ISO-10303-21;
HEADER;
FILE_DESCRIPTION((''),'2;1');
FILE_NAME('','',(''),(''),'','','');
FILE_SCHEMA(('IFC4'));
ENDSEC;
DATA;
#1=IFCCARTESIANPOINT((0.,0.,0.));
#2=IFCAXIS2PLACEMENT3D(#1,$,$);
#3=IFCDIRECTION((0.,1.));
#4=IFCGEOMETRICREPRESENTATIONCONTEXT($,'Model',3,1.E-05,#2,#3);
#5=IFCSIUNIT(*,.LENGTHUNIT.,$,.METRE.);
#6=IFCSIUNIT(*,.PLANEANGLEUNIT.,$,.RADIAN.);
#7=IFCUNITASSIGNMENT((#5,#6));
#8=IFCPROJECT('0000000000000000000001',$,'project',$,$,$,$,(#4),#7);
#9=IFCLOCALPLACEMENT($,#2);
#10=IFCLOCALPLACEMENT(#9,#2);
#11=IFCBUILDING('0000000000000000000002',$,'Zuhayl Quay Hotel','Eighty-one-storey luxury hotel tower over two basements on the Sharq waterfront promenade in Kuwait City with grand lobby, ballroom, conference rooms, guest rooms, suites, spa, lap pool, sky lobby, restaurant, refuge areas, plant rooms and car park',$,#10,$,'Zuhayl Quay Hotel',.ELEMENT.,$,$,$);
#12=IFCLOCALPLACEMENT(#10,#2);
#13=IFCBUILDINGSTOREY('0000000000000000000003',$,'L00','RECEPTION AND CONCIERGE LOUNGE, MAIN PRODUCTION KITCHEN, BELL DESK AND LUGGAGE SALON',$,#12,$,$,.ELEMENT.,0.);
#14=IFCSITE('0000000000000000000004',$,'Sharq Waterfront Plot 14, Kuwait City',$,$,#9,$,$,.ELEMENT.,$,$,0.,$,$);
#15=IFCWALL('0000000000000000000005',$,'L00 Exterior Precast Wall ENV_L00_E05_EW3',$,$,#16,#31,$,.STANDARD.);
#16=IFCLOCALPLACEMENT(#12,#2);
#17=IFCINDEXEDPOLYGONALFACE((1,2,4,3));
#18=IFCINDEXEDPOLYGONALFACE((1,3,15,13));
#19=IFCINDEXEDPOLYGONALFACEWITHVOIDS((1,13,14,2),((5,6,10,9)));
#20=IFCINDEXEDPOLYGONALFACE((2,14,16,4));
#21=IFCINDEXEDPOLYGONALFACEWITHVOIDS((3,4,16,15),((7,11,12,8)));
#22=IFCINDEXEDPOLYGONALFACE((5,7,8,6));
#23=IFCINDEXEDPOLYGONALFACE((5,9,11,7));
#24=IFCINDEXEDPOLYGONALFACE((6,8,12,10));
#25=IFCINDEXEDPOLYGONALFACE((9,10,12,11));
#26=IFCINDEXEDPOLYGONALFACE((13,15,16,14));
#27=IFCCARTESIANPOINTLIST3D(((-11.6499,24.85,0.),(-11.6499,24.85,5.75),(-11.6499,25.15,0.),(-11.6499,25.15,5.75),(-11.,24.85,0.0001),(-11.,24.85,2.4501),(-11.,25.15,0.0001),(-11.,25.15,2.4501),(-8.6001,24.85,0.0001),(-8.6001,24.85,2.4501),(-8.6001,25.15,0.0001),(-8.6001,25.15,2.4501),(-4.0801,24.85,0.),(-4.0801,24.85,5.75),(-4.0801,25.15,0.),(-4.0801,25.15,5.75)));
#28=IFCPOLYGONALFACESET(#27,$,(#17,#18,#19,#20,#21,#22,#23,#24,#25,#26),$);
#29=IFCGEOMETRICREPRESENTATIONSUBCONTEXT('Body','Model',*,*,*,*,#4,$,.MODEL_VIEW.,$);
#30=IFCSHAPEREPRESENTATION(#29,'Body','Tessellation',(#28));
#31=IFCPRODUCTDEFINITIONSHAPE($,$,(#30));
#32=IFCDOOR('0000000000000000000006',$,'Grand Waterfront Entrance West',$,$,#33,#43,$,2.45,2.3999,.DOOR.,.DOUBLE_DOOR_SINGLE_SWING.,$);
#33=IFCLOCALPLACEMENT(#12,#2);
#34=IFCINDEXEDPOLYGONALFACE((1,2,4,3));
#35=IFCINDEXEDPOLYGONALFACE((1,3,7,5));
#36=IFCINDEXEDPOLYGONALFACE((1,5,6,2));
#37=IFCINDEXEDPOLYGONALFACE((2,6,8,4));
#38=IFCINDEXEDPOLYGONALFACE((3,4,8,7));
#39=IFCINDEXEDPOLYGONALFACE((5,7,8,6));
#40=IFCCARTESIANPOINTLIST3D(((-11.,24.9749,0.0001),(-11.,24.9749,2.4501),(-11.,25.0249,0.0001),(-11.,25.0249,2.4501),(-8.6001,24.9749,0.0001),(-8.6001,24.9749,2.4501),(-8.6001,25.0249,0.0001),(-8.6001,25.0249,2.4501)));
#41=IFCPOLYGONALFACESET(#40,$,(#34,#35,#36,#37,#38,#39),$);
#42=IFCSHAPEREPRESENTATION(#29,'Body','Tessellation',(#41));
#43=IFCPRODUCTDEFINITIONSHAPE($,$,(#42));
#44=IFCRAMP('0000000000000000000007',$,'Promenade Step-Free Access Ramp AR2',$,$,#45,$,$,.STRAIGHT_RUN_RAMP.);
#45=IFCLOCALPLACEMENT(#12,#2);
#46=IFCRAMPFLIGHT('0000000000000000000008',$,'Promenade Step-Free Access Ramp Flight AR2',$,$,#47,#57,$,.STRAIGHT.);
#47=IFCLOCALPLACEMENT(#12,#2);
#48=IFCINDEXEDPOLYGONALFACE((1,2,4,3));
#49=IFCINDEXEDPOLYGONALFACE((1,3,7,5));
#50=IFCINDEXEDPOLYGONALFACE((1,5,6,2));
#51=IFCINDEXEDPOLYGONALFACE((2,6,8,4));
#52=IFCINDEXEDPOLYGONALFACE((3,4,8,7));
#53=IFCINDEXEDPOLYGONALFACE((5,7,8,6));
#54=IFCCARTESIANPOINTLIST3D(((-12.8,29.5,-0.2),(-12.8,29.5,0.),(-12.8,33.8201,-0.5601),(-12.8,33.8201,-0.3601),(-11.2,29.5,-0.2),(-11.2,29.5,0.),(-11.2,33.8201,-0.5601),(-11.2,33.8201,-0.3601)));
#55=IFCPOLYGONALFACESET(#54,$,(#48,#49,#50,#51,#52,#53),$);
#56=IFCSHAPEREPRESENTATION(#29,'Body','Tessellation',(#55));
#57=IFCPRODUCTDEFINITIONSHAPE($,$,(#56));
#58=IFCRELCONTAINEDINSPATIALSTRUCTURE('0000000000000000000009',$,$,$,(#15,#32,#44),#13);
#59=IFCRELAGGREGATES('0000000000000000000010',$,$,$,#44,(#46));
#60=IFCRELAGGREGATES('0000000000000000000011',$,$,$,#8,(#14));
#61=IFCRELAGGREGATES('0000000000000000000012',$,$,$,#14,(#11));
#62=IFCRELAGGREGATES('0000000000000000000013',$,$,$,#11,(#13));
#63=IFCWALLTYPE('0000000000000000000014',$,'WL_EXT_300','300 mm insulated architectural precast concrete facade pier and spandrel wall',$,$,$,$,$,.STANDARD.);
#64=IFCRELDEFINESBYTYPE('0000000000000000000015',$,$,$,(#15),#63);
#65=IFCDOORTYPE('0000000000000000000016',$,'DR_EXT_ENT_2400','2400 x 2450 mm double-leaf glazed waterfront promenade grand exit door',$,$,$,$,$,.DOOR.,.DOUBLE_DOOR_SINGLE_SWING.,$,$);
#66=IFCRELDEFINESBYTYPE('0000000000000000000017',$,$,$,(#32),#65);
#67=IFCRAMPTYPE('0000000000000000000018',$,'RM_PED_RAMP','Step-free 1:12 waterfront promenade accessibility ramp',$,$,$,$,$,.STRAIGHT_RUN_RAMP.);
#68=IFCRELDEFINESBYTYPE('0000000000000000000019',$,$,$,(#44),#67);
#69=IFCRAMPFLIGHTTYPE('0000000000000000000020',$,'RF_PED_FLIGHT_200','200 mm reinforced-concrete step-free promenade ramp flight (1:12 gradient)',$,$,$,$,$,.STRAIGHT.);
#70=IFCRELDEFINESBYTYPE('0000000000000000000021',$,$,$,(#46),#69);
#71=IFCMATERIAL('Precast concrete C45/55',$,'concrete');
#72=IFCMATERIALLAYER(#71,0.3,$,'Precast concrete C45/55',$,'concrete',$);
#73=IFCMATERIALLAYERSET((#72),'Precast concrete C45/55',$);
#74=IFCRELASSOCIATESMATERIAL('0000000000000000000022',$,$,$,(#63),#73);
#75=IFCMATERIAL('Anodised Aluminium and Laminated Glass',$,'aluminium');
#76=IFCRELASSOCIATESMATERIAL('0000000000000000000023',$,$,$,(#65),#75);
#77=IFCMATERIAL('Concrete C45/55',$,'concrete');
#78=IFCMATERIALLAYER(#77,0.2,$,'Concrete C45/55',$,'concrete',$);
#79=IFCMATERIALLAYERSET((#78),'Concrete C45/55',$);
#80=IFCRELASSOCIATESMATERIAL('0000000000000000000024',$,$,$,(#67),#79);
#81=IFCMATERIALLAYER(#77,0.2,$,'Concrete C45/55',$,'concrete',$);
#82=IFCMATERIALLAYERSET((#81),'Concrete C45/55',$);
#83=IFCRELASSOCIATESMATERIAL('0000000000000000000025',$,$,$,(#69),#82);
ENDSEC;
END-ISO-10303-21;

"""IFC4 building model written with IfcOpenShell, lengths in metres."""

from ifc_helpers import new_model, si_unit, direction, frame, frame_2d, origin, place, context, subcontext, project, spatial, polyline, rectangle, outline, extrude, material, layer, layer_set, type_object, element, fill, aggregate, save


model = new_model("IFC4")

# Units and contexts
model_context = context("Model", 3, precision=1e-05, world=origin(), true_north=direction((0.0, 1.0)))
body_context = subcontext(model_context, "Body", "Model", "MODEL_VIEW")
ifc_project = project(units=[si_unit("LENGTHUNIT", "METRE"), si_unit("PLANEANGLEUNIT", "RADIAN")], contexts=[model_context])

# Site, building, storey
site_placement = place(None, origin())
site = spatial("IfcSite", under=ifc_project, at=site_placement, Name="Sharq Waterfront Plot 14, Kuwait City", CompositionType="ELEMENT", RefElevation=0.0)
building_placement = place(site_placement, origin())
building = spatial("IfcBuilding", under=site, at=building_placement, Name="Zuhayl Quay Hotel", Description="Eighty-one-storey luxury hotel tower over two basements on the Sharq waterfront promenade in Kuwait City with grand lobby, ballroom, conference rooms, guest rooms, suites, spa, lap pool, sky lobby, restaurant, refuge areas, plant rooms and car park", LongName="Zuhayl Quay Hotel", CompositionType="ELEMENT")
storey_placement = place(building_placement, origin())
storey = spatial("IfcBuildingStorey", under=building, at=storey_placement, Name="L00", Description="RECEPTION AND CONCIERGE LOUNGE, MAIN PRODUCTION KITCHEN, BELL DESK AND LUGGAGE SALON", CompositionType="ELEMENT", Elevation=0.0)

# Wall, opening, door
ifc_material_1 = material(Name="Precast concrete C45/55", Category="concrete")
ifc_layer_1 = layer(ifc_material_1, 0.3, Name="Precast concrete C45/55", Category="concrete")
ifc_layer_set_1 = layer_set([ifc_layer_1], Name="Precast concrete C45/55")
wall_type = type_object("IfcWallType", Name="WL_EXT_300", Description="300 mm insulated architectural precast concrete facade pier and spandrel wall", PredefinedType="STANDARD", material=ifc_layer_set_1)
wall_placement = place(storey_placement, frame((-11.6499, 25.0, 0.0), z_axis=(0.0, 0.0, 1.0), x_axis=(1.0, 0.0, 0.0)))
wall = element("IfcWall", 1, at=wall_placement, inside=storey, type_object=wall_type, Name="L00 Exterior Precast Wall ENV_L00_E05_EW3", PredefinedType="STANDARD", context=body_context, shape_type="SweptSolid", body=[
    extrude(rectangle(XDim=7.5698, YDim=0.3, at=frame_2d((3.7849, 0.0))), origin(), (0.0, 0.0, 1.0), 5.75),
])
opening_placement = place(wall_placement, frame((0.6499, 0.0, 0.0)))
opening = element("IfcOpeningElement", 2, at=opening_placement, cuts=wall, PredefinedType="OPENING", context=body_context, shape_type="SweptSolid", body=[
    extrude(rectangle(XDim=2.3999, YDim=2.45, at=frame_2d((1.2, 1.2251))), frame((0.0, 0.1599, 0.0), z_axis=(0.0, -1.0, 0.0), x_axis=(1.0, 0.0, 0.0)), (0.0, 0.0, 1.0), 0.3201),
])
ifc_material_2 = material(Name="Anodised Aluminium and Laminated Glass", Category="aluminium")
door_type = type_object("IfcDoorType", Name="DR_EXT_ENT_2400", Description="2400 x 2450 mm double-leaf glazed waterfront promenade grand exit door", OperationType="DOUBLE_DOOR_SINGLE_SWING", PredefinedType="DOOR", material=ifc_material_2)
door_placement = place(opening_placement, origin())
door = element("IfcDoor", 3, at=door_placement, inside=storey, type_object=door_type, Name="Grand Waterfront Entrance West", OperationType="DOUBLE_DOOR_SINGLE_SWING", OverallHeight=2.45, OverallWidth=2.3999, PredefinedType="DOOR", context=body_context, shape_type="SweptSolid", body=[
    extrude(rectangle(XDim=2.3999, YDim=2.45, at=frame_2d((1.2, 1.2251))), frame((0.0, 0.0249, 0.0), z_axis=(0.0, -1.0, 0.0), x_axis=(1.0, 0.0, 0.0)), (0.0, 0.0, 1.0), 0.05),
])
fill(opening, door)

# Ramp, ramp flight
ifc_material_3 = material(Name="Concrete C45/55", Category="concrete")
ifc_layer_2 = layer(ifc_material_3, 0.2, Name="Concrete C45/55", Category="concrete")
ifc_layer_set_2 = layer_set([ifc_layer_2], Name="Concrete C45/55")
ramp_type = type_object("IfcRampType", Name="RM_PED_RAMP", Description="Step-free 1:12 waterfront promenade accessibility ramp", PredefinedType="STRAIGHT_RUN_RAMP", material=ifc_layer_set_2)
ramp_placement = place(storey_placement, origin())
ramp = element("IfcRamp", 4, at=ramp_placement, inside=storey, type_object=ramp_type, Name="Promenade Step-Free Access Ramp AR2", PredefinedType="STRAIGHT_RUN_RAMP")
ifc_layer_3 = layer(ifc_material_3, 0.2, Name="Concrete C45/55", Category="concrete")
ifc_layer_set_3 = layer_set([ifc_layer_3], Name="Concrete C45/55")
ramp_flight_type = type_object("IfcRampFlightType", Name="RF_PED_FLIGHT_200", Description="200 mm reinforced-concrete step-free promenade ramp flight (1:12 gradient)", PredefinedType="STRAIGHT", material=ifc_layer_set_3)
ramp_flight_placement = place(storey_placement, frame((-12.0, 33.8201, -0.3601), z_axis=(0.0, 0.0, 1.0), x_axis=(0.0, -1.0, 0.0)))
ramp_flight = element("IfcRampFlight", 5, at=ramp_flight_placement, type_object=ramp_flight_type, Name="Promenade Step-Free Access Ramp Flight AR2", PredefinedType="STRAIGHT", context=body_context, shape_type="SweptSolid", body=[
    extrude(outline(polyline([(0.0, -0.2), (4.3201, 0.1602), (4.3201, 0.3601), (0.0, 0.0), (0.0, -0.2)])), frame((0.0, 0.8, 0.0), z_axis=(0.0, -1.0, 0.0), x_axis=(1.0, 0.0, 0.0)), (0.0, 0.0, 1.0), 1.6001),
])
aggregate(ramp, [ramp_flight])

save(model, "model.ifc")
